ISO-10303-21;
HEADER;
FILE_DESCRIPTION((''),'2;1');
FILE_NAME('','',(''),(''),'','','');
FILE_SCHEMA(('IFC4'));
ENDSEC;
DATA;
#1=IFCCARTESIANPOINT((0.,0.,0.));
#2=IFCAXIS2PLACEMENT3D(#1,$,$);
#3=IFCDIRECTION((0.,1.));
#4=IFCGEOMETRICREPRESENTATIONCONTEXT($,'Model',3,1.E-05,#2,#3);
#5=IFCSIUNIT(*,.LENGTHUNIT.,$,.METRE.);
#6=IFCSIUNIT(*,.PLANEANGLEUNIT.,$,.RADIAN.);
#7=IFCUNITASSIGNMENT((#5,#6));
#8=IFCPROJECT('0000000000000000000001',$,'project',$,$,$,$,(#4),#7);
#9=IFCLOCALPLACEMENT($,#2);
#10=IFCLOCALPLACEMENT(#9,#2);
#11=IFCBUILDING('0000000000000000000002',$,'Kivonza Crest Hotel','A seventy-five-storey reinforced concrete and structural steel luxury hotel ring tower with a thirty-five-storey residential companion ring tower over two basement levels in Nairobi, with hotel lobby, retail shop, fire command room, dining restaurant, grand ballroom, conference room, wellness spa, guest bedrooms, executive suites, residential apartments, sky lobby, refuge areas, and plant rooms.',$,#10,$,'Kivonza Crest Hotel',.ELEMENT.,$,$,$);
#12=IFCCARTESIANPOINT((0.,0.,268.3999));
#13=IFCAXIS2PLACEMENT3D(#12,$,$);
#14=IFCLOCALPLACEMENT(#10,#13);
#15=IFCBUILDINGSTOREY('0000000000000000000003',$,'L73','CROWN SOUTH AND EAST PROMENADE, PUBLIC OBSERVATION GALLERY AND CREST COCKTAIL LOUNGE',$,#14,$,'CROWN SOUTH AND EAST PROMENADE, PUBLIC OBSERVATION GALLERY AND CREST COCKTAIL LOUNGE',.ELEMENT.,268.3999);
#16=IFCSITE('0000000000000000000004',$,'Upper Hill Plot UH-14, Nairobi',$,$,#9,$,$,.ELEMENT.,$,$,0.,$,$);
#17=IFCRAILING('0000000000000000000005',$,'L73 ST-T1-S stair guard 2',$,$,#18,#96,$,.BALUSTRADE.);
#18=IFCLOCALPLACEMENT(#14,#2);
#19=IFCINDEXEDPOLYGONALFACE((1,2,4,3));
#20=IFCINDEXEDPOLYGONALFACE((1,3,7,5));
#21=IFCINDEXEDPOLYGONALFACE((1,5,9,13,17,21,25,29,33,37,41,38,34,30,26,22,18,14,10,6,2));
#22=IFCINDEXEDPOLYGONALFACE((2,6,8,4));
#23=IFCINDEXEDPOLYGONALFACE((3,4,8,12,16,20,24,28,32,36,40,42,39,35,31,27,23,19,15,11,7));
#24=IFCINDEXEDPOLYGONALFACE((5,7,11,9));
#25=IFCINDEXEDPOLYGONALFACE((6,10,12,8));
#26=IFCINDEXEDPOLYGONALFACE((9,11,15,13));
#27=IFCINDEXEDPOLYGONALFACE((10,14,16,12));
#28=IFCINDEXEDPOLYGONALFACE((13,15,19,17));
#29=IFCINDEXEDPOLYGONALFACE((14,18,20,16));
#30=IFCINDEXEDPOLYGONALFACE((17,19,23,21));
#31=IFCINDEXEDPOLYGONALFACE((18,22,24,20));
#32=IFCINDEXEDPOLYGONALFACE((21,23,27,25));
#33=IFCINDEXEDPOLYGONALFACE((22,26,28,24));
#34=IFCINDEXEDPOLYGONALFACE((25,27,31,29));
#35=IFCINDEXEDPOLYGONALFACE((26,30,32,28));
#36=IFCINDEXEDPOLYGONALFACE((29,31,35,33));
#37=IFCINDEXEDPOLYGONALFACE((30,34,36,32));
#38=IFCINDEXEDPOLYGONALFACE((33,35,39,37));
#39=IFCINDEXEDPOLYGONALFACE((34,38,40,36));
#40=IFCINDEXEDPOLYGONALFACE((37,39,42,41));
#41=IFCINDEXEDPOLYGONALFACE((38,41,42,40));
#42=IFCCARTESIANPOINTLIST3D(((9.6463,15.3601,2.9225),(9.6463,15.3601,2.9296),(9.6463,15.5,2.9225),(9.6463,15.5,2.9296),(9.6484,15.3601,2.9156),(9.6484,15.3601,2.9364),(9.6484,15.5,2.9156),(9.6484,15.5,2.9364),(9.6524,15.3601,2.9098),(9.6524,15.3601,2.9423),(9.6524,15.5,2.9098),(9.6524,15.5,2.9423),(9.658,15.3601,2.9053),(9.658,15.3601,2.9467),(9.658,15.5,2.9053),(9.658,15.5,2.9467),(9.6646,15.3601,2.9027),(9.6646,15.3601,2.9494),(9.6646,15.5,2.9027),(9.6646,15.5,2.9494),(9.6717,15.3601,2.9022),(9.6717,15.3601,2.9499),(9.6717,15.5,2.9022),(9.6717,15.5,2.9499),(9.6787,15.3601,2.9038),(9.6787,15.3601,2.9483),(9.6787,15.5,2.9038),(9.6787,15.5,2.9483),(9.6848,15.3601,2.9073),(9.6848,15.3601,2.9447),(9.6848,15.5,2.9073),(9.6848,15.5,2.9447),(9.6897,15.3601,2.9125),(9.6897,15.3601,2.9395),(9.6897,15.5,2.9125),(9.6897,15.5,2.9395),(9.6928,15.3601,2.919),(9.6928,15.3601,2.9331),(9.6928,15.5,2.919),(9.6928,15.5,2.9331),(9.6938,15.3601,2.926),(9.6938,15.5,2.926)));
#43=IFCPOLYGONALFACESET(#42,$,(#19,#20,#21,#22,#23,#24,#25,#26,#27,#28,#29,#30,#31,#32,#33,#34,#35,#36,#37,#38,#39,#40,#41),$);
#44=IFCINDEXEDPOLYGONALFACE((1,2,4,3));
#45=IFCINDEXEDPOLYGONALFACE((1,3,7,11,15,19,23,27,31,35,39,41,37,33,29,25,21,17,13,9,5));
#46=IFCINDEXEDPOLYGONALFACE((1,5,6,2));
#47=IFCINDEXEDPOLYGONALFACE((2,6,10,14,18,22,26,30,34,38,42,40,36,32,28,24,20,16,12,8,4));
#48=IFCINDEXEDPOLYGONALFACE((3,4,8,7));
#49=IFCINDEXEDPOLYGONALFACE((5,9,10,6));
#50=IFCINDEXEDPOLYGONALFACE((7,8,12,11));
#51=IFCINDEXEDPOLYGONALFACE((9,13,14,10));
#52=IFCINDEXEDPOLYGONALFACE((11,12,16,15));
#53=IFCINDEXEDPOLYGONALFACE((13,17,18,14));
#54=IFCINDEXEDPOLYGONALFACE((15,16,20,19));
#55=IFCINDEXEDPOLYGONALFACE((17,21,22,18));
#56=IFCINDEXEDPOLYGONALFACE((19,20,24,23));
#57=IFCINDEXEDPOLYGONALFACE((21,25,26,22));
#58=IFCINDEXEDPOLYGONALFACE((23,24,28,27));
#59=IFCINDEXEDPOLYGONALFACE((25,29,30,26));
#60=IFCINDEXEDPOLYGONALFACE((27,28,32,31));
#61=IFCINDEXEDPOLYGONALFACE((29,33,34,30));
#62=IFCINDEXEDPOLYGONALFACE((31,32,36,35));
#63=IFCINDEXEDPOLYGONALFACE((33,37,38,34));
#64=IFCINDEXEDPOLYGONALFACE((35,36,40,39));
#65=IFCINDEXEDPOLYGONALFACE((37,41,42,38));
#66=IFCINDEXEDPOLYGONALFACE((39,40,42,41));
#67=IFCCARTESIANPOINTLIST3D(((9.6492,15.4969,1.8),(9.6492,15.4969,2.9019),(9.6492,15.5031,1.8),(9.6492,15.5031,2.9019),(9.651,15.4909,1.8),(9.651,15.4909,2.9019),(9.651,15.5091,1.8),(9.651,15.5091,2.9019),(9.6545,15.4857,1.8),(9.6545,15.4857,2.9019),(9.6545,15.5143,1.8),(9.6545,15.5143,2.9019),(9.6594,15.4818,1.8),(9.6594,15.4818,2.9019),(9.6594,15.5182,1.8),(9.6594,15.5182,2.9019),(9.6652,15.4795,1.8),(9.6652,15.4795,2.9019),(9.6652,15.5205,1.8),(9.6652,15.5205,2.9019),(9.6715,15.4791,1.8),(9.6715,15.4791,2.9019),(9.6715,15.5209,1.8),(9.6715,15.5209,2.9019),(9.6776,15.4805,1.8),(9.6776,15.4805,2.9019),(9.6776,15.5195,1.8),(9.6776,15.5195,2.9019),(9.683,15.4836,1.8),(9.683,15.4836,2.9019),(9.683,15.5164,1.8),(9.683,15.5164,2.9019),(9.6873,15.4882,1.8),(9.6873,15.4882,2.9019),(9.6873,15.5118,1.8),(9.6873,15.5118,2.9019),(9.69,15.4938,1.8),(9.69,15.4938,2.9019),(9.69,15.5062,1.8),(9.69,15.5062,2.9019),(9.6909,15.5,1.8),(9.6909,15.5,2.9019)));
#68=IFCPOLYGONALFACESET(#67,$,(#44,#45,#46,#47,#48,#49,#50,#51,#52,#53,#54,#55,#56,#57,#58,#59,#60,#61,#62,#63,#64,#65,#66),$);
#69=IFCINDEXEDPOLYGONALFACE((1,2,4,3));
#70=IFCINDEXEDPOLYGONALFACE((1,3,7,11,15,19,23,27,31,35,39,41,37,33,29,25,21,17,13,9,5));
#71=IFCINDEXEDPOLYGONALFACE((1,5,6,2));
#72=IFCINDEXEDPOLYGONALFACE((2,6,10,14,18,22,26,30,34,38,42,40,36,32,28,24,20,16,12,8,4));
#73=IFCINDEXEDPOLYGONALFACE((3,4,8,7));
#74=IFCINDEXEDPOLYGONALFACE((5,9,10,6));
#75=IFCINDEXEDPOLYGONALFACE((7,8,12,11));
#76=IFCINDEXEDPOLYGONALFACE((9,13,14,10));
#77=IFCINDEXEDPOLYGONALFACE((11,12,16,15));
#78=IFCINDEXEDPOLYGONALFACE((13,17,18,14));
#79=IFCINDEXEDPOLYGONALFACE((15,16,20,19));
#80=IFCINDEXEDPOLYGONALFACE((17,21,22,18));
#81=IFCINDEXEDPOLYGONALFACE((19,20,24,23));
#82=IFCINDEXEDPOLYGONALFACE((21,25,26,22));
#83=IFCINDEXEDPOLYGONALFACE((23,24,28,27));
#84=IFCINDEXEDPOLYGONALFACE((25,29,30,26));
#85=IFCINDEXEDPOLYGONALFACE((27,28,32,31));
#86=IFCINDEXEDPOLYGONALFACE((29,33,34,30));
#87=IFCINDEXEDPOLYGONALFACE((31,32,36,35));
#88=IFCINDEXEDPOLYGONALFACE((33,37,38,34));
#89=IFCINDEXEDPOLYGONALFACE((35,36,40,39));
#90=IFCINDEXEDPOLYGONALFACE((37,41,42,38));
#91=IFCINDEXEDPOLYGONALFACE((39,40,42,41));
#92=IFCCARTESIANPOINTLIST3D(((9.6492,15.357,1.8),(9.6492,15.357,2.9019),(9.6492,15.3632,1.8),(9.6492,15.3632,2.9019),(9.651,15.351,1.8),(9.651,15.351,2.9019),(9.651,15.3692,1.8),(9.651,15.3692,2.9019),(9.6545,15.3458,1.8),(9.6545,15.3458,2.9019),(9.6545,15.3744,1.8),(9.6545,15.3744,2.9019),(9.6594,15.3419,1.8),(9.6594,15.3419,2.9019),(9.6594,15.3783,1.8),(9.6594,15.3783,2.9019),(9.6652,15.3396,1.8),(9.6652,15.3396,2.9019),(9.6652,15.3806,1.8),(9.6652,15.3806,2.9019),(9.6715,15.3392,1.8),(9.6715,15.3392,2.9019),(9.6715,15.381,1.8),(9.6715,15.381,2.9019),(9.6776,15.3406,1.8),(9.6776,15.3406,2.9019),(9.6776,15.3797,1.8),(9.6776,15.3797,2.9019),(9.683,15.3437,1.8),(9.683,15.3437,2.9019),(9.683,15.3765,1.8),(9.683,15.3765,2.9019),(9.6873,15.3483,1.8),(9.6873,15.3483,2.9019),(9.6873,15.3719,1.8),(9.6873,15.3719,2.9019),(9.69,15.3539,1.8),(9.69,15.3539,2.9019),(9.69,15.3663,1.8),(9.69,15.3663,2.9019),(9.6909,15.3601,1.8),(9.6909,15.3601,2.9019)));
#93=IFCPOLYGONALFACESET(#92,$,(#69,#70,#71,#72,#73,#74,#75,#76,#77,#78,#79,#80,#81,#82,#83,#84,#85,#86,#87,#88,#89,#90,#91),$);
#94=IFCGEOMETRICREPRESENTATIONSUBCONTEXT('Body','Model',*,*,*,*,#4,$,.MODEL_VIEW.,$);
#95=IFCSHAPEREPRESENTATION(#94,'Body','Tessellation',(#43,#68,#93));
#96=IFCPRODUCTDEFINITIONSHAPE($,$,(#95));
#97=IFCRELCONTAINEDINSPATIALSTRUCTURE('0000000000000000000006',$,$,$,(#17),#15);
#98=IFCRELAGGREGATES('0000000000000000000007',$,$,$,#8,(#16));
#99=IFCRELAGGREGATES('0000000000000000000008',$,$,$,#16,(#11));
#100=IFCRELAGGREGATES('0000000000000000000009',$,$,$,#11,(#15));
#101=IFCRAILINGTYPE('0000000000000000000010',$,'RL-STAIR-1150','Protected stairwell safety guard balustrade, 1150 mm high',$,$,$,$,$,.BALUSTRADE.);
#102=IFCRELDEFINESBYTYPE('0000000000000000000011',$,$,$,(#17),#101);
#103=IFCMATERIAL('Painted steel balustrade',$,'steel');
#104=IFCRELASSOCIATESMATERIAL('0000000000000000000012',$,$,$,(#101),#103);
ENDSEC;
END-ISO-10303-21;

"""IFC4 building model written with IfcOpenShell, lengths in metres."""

from ifc_helpers import new_model, si_unit, direction, frame, origin, origin_2d, place, context, subcontext, project, spatial, circle, extrude, material, type_object, element, save


model = new_model("IFC4")

# Units and contexts
model_context = context("Model", 3, precision=1e-05, world=origin(), true_north=direction((0.0, 1.0)))
body_context = subcontext(model_context, "Body", "Model", "MODEL_VIEW")
ifc_project = project(units=[si_unit("LENGTHUNIT", "METRE"), si_unit("PLANEANGLEUNIT", "RADIAN")], contexts=[model_context])

# Site, building, storey
site_placement = place(None, origin())
site = spatial("IfcSite", under=ifc_project, at=site_placement, Name="Upper Hill Plot UH-14, Nairobi", CompositionType="ELEMENT", RefElevation=0.0)
building_placement = place(site_placement, origin())
building = spatial("IfcBuilding", under=site, at=building_placement, Name="Kivonza Crest Hotel", Description="A seventy-five-storey reinforced concrete and structural steel luxury hotel ring tower with a thirty-five-storey residential companion ring tower over two basement levels in Nairobi, with hotel lobby, retail shop, fire command room, dining restaurant, grand ballroom, conference room, wellness spa, guest bedrooms, executive suites, residential apartments, sky lobby, refuge areas, and plant rooms.", LongName="Kivonza Crest Hotel", CompositionType="ELEMENT")
storey_placement = place(building_placement, frame((0.0, 0.0, 268.3999)))
storey = spatial("IfcBuildingStorey", under=building, at=storey_placement, Name="L73", Description="CROWN SOUTH AND EAST PROMENADE, PUBLIC OBSERVATION GALLERY AND CREST COCKTAIL LOUNGE", LongName="CROWN SOUTH AND EAST PROMENADE, PUBLIC OBSERVATION GALLERY AND CREST COCKTAIL LOUNGE", CompositionType="ELEMENT", Elevation=268.3999)

# Railing
ifc_material_1 = material(Name="Painted steel balustrade", Category="steel")
railing_type_1 = type_object("IfcRailingType", Name="RL-STAIR-1150", Description="Protected stairwell safety guard balustrade, 1150 mm high", PredefinedType="BALUSTRADE", material=ifc_material_1)
railing_1_placement = place(storey_placement, frame((9.6699, 15.5, 1.8)))
element("IfcRailing", 1, at=railing_1_placement, inside=storey, type_object=railing_type_1, Name="L73 ST-T1-S stair guard 2", PredefinedType="BALUSTRADE", context=body_context, shape_type="SweptSolid", body=[
    extrude(circle(Radius=0.0239, at=origin_2d()), frame((0.0, 0.0, 1.126), z_axis=(0.0, -1.0, 0.0), x_axis=(1.0, 0.0, 0.0)), (0.0, 0.0, 1.0), 0.1399),
    extrude(circle(Radius=0.021, at=origin_2d()), origin(), (0.0, 0.0, 1.0), 1.1018),
    extrude(circle(Radius=0.021, at=origin_2d()), frame((0.0, -0.1399, 0.0)), (0.0, 0.0, 1.0), 1.1018),
])

save(model, "model.ifc")
